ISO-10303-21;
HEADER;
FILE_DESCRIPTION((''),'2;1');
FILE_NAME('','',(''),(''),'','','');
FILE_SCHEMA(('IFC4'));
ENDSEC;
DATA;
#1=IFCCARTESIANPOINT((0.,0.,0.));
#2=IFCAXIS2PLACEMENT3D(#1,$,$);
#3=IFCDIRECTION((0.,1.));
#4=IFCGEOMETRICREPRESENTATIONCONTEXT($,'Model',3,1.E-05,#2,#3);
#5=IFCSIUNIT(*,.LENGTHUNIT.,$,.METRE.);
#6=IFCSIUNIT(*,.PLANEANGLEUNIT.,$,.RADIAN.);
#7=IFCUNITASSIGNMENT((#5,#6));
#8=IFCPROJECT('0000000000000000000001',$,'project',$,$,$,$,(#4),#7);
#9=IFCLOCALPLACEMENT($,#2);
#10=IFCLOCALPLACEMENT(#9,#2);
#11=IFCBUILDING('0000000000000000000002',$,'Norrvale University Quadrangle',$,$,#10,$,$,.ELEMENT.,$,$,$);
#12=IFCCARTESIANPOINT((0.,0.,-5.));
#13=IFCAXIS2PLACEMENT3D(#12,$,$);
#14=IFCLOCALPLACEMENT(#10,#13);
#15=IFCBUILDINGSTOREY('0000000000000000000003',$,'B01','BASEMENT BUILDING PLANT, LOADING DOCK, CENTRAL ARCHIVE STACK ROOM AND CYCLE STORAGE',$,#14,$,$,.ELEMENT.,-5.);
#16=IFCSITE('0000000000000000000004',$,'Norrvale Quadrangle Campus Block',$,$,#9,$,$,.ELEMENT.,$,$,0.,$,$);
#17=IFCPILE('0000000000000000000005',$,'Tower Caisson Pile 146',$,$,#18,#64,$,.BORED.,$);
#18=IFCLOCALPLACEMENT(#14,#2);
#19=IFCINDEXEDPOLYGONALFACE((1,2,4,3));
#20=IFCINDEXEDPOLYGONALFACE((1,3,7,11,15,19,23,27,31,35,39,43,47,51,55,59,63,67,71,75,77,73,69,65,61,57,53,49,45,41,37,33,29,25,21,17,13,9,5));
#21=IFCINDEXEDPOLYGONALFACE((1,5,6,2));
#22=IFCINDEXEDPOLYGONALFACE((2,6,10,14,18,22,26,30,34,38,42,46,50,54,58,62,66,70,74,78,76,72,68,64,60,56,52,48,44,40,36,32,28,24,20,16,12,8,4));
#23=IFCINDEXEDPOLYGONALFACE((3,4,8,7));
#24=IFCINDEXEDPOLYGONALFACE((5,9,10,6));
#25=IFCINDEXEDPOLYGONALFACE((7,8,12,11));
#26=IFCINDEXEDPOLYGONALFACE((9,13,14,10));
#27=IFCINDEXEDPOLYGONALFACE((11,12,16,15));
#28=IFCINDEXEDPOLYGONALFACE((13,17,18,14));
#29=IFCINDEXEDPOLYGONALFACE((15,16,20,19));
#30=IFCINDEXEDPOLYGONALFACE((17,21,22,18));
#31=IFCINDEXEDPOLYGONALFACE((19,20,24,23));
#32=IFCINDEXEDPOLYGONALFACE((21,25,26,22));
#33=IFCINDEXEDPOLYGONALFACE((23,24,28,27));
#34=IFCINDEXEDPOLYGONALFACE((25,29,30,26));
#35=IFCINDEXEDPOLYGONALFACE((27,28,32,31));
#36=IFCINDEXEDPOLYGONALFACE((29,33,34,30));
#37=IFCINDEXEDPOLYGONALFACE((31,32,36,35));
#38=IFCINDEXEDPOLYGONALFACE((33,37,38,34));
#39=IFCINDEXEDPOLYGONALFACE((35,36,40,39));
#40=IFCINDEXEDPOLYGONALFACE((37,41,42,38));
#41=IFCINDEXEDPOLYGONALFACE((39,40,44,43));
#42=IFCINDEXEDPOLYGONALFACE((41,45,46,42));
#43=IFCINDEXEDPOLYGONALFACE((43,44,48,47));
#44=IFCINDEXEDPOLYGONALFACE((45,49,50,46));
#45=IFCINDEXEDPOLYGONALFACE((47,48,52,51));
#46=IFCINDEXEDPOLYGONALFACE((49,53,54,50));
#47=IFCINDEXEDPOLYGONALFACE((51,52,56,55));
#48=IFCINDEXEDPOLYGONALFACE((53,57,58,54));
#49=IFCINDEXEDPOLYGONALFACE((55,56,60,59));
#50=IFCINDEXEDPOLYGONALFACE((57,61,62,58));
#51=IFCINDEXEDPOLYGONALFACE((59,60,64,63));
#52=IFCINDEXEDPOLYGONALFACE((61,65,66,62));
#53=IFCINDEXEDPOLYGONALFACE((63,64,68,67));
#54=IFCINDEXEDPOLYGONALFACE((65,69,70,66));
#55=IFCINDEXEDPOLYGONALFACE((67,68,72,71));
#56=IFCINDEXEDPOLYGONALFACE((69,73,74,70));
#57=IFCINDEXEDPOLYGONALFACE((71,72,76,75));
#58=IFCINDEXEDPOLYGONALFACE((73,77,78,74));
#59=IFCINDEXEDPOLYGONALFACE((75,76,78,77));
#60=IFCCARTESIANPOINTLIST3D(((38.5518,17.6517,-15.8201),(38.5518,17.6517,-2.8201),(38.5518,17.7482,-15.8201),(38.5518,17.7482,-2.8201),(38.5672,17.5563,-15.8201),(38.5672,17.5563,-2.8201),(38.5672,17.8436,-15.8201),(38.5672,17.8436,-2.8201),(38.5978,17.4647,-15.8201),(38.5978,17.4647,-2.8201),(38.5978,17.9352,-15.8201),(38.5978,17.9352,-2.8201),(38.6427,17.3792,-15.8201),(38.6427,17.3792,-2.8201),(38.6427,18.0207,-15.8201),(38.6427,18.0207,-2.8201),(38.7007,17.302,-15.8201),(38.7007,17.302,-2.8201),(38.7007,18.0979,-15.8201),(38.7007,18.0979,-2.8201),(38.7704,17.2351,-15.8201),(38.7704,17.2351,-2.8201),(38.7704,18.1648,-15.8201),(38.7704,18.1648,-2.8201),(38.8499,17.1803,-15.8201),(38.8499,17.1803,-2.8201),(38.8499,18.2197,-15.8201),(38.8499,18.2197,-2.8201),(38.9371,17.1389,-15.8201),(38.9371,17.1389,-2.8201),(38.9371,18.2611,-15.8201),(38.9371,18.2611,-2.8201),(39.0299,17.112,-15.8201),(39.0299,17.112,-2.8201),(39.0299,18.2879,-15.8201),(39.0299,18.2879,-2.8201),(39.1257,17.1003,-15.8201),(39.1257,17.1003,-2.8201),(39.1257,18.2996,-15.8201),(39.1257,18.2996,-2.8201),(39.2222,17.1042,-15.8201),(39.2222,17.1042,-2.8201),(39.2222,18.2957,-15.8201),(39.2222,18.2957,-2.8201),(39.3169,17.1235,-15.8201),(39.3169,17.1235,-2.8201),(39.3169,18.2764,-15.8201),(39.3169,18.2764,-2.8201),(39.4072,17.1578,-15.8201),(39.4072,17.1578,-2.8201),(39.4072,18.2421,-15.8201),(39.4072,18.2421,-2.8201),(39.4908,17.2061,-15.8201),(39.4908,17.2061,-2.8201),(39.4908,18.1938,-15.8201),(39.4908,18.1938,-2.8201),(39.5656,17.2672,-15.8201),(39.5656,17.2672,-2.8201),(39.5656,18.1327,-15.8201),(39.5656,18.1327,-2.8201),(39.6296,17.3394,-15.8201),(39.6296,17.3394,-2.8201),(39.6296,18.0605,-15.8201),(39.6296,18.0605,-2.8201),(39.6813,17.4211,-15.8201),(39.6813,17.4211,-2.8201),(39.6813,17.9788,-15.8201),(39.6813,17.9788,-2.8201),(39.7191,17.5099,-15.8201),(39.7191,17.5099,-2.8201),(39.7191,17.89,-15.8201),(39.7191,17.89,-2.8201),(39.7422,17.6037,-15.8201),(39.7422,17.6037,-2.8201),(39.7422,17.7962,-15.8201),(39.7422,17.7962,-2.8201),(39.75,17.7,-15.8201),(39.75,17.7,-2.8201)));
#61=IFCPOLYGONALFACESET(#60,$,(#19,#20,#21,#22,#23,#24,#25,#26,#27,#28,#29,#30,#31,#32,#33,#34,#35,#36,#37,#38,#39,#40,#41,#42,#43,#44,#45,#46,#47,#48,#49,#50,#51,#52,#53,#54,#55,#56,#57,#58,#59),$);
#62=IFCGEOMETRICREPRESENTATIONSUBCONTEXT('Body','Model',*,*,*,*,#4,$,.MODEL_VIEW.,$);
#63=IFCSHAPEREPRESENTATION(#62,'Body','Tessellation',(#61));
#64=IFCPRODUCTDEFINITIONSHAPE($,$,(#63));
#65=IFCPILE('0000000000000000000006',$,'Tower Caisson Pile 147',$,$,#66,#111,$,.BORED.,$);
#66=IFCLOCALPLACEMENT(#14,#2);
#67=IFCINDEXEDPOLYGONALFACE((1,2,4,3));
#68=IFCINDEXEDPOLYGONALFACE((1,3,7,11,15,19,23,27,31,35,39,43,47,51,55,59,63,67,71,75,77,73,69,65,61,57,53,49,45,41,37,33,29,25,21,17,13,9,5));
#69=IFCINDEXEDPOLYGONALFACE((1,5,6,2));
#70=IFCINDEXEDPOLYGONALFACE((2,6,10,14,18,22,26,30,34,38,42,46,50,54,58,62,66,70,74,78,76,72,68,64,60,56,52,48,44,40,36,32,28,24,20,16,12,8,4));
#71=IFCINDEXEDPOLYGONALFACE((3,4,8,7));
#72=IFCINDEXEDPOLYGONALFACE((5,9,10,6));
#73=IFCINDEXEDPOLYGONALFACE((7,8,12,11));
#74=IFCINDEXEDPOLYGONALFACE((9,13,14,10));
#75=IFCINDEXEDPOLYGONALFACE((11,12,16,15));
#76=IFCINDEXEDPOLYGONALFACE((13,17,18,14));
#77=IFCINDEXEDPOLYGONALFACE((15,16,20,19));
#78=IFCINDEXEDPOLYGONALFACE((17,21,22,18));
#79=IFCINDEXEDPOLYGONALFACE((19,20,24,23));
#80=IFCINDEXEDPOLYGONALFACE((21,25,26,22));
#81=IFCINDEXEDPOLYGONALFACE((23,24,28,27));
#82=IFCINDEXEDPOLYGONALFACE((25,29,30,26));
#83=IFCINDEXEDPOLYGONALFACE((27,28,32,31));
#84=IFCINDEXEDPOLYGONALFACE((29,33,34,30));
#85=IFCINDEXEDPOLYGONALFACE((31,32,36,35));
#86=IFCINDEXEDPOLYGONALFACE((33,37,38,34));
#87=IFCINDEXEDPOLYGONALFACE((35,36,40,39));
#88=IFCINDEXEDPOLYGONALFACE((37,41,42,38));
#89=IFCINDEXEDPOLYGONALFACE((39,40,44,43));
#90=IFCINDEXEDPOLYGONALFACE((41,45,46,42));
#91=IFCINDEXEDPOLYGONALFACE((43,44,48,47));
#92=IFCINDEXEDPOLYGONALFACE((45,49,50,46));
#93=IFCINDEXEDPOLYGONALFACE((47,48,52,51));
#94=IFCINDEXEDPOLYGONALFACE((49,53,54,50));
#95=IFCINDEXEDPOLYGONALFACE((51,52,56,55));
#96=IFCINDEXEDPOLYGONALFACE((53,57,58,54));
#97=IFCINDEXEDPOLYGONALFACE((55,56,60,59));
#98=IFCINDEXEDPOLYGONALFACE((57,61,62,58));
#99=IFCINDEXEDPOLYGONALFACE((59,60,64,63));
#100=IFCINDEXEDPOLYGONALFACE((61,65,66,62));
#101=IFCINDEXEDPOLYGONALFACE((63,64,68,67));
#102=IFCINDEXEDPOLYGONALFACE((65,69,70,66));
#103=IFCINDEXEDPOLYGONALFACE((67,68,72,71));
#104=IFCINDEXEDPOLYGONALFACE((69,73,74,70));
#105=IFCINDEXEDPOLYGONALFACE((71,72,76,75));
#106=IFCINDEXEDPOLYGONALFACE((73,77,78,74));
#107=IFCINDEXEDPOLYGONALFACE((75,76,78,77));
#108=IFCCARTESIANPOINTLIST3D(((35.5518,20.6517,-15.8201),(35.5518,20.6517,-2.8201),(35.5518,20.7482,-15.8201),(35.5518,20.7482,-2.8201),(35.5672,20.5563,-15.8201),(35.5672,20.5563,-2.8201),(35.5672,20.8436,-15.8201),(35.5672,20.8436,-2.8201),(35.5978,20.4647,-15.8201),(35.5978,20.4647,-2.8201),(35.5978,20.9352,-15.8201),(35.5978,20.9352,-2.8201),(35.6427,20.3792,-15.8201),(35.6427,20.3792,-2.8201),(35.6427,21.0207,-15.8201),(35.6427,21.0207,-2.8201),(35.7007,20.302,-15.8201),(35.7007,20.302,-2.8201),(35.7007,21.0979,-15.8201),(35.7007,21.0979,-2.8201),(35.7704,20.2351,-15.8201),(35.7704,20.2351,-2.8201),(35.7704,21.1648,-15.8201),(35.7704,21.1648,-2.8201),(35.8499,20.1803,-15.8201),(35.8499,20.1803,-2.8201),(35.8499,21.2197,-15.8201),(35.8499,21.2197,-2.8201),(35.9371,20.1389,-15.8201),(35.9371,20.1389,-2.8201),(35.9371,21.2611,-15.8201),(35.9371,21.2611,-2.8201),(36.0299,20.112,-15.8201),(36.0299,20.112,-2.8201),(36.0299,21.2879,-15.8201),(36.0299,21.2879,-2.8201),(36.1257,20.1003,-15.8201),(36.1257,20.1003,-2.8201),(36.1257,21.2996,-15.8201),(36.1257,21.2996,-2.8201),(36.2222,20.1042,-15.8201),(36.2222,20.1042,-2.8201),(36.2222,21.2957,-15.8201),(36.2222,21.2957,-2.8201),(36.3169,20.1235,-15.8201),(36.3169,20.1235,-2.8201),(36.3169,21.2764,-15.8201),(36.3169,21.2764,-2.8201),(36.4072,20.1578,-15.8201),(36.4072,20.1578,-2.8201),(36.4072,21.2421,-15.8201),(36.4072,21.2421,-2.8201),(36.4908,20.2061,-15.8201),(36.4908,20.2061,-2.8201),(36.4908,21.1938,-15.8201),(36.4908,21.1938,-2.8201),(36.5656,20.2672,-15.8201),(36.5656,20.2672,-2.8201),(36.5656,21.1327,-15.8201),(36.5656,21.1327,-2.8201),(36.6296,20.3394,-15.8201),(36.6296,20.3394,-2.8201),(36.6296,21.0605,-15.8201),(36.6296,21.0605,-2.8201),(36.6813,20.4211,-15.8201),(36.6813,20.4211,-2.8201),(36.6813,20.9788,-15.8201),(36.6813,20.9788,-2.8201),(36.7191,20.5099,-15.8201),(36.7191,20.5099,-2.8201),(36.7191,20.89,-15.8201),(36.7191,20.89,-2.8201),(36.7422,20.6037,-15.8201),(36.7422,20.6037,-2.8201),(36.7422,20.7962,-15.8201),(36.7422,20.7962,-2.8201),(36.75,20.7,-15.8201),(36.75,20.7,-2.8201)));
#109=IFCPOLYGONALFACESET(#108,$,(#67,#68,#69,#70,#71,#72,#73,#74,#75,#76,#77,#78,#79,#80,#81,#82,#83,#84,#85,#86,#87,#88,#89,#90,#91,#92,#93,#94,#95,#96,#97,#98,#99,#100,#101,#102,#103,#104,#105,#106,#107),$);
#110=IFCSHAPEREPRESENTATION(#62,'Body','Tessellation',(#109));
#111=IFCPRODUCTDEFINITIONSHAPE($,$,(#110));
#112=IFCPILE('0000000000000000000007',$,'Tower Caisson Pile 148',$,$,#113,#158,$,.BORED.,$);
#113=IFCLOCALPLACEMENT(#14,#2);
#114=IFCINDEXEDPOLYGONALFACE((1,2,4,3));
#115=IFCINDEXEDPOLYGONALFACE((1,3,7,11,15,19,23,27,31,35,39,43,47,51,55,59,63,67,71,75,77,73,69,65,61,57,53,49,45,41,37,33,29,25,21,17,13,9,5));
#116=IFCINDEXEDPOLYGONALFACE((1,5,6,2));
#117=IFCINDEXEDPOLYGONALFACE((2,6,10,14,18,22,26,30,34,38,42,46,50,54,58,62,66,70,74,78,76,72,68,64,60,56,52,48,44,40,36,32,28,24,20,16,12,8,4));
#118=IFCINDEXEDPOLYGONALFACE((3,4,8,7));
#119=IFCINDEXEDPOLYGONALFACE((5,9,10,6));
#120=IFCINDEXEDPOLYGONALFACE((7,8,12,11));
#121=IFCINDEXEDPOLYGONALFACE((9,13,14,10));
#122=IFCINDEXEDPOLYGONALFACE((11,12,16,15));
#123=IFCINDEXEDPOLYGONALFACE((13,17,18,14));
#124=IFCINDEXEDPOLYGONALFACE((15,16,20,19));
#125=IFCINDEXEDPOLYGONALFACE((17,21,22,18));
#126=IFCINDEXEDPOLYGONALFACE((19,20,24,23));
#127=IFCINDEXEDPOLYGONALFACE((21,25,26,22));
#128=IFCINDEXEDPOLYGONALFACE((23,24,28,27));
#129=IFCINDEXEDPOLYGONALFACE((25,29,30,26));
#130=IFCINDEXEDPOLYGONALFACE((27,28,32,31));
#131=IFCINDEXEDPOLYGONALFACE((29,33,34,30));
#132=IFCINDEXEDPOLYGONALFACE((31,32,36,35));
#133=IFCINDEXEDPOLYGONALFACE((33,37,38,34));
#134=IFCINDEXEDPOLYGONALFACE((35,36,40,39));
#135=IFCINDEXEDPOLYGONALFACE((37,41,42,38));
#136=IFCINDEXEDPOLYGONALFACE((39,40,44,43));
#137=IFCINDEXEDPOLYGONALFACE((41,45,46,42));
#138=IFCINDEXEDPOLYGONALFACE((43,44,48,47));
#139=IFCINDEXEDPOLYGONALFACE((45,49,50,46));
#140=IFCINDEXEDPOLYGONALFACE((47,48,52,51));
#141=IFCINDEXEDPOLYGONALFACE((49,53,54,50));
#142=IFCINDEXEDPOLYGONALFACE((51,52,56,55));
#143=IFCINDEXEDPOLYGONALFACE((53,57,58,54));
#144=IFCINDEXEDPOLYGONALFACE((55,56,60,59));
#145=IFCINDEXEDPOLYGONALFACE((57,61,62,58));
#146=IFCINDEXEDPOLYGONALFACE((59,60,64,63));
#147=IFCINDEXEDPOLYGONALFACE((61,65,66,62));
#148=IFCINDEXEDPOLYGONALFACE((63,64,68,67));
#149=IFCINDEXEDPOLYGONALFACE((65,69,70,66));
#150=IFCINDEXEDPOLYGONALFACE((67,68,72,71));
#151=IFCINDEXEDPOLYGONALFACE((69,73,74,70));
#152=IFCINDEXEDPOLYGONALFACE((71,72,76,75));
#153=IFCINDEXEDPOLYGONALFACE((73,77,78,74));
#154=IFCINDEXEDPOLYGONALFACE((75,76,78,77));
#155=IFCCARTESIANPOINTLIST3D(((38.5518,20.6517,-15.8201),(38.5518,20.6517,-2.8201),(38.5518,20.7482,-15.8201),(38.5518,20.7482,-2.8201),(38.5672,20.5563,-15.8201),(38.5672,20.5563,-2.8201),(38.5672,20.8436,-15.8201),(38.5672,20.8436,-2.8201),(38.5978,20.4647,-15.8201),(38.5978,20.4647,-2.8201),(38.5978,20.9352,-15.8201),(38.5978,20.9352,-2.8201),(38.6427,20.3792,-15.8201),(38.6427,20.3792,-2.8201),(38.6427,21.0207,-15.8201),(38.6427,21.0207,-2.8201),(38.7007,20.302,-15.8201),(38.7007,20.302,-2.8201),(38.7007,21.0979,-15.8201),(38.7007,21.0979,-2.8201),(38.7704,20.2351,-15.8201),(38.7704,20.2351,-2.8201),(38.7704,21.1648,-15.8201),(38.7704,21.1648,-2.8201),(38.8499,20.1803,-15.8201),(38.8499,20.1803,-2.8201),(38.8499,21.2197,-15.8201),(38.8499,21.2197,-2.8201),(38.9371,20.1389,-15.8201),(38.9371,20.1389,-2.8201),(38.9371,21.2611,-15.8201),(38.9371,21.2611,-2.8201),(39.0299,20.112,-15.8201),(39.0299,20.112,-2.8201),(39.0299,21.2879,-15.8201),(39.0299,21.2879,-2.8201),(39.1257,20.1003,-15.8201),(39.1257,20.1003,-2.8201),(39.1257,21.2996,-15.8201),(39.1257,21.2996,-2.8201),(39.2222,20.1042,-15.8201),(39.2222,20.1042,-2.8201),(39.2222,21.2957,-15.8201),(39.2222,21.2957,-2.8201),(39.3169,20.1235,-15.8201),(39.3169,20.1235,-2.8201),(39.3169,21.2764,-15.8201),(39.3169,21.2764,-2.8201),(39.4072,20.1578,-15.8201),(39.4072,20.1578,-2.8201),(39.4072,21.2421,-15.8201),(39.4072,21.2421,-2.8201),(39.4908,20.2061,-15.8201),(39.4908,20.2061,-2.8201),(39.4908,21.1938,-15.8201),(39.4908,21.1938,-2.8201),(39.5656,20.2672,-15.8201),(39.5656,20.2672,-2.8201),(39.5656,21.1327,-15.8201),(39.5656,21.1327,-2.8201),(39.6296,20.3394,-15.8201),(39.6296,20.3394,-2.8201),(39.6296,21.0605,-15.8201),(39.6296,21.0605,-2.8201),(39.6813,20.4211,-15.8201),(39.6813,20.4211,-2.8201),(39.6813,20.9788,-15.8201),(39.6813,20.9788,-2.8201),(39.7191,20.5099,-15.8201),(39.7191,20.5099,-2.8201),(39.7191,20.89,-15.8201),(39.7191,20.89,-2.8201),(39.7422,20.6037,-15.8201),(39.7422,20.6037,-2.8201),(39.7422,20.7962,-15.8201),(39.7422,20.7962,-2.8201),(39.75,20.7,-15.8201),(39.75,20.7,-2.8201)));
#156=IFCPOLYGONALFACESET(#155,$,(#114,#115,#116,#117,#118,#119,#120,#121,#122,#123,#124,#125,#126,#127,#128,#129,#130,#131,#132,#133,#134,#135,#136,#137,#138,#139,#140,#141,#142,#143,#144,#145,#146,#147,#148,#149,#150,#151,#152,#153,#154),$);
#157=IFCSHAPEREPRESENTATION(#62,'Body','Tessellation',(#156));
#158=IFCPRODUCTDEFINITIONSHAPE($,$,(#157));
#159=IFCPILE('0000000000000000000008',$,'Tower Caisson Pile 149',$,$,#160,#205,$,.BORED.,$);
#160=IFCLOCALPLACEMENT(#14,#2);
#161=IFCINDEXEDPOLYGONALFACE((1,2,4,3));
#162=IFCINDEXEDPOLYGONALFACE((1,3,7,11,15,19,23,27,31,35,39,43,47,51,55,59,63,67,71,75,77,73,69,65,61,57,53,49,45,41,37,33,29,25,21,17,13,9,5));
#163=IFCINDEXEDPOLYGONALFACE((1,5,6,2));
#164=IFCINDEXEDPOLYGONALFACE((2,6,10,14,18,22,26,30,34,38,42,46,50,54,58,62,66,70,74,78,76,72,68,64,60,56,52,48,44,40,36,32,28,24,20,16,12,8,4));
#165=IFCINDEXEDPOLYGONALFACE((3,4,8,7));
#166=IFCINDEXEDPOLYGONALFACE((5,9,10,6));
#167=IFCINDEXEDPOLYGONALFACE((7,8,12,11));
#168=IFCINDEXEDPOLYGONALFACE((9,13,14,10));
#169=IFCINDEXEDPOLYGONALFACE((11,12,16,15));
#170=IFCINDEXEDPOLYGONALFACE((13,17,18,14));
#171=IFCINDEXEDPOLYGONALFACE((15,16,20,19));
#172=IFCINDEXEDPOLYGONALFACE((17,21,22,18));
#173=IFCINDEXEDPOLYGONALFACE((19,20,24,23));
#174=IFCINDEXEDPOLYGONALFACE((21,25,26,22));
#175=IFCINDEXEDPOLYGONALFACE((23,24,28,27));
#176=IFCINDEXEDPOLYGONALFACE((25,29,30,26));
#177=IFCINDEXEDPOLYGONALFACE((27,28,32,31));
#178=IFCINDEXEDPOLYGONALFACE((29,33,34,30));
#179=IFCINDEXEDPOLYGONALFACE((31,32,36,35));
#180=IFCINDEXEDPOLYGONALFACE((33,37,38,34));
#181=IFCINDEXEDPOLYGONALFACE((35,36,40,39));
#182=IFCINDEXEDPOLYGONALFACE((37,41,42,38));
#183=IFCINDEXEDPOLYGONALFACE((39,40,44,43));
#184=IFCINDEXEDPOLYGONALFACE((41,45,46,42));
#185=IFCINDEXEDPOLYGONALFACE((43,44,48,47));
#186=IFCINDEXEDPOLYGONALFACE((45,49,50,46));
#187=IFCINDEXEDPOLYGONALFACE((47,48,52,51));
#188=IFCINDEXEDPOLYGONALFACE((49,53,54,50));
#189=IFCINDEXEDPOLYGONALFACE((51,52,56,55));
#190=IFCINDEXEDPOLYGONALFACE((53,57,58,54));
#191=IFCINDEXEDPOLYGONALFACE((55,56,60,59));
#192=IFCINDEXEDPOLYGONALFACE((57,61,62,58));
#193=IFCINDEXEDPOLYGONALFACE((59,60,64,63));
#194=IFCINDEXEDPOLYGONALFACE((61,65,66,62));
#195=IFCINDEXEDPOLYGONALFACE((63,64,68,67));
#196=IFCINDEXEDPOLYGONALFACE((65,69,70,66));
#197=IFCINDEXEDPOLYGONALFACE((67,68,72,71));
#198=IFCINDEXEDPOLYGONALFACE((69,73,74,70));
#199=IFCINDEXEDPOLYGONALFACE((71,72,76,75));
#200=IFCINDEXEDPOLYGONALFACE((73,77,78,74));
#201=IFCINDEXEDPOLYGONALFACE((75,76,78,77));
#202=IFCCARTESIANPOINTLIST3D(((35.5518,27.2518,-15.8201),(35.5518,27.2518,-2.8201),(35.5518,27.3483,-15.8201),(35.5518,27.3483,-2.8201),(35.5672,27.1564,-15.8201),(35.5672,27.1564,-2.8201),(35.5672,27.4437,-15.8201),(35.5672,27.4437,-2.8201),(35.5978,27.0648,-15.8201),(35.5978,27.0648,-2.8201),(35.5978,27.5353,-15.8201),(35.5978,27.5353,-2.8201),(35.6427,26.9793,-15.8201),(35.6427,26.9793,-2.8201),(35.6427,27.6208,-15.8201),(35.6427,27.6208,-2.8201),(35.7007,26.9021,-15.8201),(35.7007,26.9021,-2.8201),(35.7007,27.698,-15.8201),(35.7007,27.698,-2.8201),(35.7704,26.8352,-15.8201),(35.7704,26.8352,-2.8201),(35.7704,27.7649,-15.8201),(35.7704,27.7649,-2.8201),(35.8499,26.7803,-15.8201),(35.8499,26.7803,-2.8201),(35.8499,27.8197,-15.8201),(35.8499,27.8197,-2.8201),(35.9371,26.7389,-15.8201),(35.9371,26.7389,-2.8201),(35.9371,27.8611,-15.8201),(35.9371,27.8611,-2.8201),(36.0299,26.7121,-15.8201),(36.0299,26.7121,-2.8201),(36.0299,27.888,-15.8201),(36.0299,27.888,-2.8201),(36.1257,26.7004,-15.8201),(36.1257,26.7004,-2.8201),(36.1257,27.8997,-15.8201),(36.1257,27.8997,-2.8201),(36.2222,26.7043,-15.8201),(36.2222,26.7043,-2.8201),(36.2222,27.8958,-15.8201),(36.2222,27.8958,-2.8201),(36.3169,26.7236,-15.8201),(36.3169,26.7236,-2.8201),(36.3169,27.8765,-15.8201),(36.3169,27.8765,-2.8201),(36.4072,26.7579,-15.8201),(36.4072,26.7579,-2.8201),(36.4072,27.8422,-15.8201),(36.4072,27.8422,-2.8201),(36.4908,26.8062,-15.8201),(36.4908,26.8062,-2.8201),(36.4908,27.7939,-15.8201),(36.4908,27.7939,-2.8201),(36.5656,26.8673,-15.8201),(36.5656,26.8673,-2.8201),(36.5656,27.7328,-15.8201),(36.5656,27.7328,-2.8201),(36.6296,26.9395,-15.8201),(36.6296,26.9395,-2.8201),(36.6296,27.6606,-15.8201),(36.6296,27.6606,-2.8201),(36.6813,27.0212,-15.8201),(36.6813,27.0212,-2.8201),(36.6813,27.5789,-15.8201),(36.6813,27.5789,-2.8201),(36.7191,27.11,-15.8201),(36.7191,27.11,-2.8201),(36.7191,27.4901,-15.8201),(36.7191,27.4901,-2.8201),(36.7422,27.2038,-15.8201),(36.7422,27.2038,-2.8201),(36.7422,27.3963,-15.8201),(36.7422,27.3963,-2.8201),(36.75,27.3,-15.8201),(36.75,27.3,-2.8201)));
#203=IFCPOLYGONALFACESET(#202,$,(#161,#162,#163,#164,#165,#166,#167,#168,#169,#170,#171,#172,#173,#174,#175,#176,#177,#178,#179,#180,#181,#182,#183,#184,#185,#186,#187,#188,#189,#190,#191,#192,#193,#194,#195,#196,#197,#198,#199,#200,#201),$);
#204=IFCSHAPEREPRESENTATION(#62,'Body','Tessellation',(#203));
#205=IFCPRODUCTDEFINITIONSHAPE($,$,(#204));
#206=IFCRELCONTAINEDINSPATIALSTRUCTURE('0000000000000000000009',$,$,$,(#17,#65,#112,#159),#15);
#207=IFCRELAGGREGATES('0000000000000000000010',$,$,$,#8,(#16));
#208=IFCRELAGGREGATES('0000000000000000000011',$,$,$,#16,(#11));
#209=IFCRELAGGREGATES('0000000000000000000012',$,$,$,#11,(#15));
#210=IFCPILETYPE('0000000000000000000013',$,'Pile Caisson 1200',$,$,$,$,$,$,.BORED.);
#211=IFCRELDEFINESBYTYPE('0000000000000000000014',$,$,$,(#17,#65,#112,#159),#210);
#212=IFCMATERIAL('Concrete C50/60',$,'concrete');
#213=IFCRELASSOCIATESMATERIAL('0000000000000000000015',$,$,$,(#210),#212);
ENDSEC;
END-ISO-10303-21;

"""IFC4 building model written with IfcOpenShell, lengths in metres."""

from ifc_helpers import new_model, si_unit, direction, frame, origin, origin_2d, place, context, subcontext, project, spatial, circle, extrude, material, material_profile, profile_set, type_object, element, save


model = new_model("IFC4")

# Units and contexts
model_context = context("Model", 3, precision=1e-05, world=origin(), true_north=direction((0.0, 1.0)))
body_context = subcontext(model_context, "Body", "Model", "MODEL_VIEW")
ifc_project = project(units=[si_unit("LENGTHUNIT", "METRE"), si_unit("PLANEANGLEUNIT", "RADIAN")], contexts=[model_context])

# Site, building, storey
site_placement = place(None, origin())
site = spatial("IfcSite", under=ifc_project, at=site_placement, Name="Norrvale Quadrangle Campus Block", CompositionType="ELEMENT", RefElevation=0.0)
building_placement = place(site_placement, origin())
building = spatial("IfcBuilding", under=site, at=building_placement, Name="Norrvale University Quadrangle", CompositionType="ELEMENT")
storey_placement = place(building_placement, frame((0.0, 0.0, -5.0)))
storey = spatial("IfcBuildingStorey", under=building, at=storey_placement, Name="B01", Description="BASEMENT BUILDING PLANT, LOADING DOCK, CENTRAL ARCHIVE STACK ROOM AND CYCLE STORAGE", CompositionType="ELEMENT", Elevation=-5.0)

# Shared definitions
ifc_material_1 = material(Name="Concrete C50/60", Category="concrete")

# Piles
ifc_material_profile_1 = material_profile(ifc_material_1, circle(Radius=0.6001, at=origin_2d()), Name="Concrete C50/60")
ifc_profile_set_1 = profile_set([ifc_material_profile_1], Name="Concrete C50/60")
pile_type_1 = type_object("IfcPileType", Name="Pile Caisson 1200", PredefinedType="BORED", material=ifc_profile_set_1)
for number, where, z_axis, x_axis, name in (
    (1, (39.1499, 17.7, -2.8201), (0.0, 0.0, -1.0), (1.0, 0.0, 0.0), "Tower Caisson Pile 146"),
    (2, (36.1499, 20.7, -2.8201), (0.0, 0.0, -1.0), (1.0, 0.0, 0.0), "Tower Caisson Pile 147"),
    (3, (39.1499, 20.7, -2.8201), (0.0, 0.0, -1.0), (1.0, 0.0, 0.0), "Tower Caisson Pile 148"),
    (4, (36.1499, 27.3, -2.8201), (0.0, 0.0, -1.0), (1.0, 0.0, 0.0), "Tower Caisson Pile 149"),
):
    element("IfcPile", number, at=place(storey_placement, frame(where, z_axis=z_axis, x_axis=x_axis)), inside=storey, type_object=pile_type_1, Name=name, PredefinedType="BORED", context=body_context, shape_type="SweptSolid", body=[
        extrude(circle(Radius=0.6001, at=origin_2d()), origin(), (0.0, 0.0, 1.0), 13.0),
    ])

save(model, "model.ifc")
